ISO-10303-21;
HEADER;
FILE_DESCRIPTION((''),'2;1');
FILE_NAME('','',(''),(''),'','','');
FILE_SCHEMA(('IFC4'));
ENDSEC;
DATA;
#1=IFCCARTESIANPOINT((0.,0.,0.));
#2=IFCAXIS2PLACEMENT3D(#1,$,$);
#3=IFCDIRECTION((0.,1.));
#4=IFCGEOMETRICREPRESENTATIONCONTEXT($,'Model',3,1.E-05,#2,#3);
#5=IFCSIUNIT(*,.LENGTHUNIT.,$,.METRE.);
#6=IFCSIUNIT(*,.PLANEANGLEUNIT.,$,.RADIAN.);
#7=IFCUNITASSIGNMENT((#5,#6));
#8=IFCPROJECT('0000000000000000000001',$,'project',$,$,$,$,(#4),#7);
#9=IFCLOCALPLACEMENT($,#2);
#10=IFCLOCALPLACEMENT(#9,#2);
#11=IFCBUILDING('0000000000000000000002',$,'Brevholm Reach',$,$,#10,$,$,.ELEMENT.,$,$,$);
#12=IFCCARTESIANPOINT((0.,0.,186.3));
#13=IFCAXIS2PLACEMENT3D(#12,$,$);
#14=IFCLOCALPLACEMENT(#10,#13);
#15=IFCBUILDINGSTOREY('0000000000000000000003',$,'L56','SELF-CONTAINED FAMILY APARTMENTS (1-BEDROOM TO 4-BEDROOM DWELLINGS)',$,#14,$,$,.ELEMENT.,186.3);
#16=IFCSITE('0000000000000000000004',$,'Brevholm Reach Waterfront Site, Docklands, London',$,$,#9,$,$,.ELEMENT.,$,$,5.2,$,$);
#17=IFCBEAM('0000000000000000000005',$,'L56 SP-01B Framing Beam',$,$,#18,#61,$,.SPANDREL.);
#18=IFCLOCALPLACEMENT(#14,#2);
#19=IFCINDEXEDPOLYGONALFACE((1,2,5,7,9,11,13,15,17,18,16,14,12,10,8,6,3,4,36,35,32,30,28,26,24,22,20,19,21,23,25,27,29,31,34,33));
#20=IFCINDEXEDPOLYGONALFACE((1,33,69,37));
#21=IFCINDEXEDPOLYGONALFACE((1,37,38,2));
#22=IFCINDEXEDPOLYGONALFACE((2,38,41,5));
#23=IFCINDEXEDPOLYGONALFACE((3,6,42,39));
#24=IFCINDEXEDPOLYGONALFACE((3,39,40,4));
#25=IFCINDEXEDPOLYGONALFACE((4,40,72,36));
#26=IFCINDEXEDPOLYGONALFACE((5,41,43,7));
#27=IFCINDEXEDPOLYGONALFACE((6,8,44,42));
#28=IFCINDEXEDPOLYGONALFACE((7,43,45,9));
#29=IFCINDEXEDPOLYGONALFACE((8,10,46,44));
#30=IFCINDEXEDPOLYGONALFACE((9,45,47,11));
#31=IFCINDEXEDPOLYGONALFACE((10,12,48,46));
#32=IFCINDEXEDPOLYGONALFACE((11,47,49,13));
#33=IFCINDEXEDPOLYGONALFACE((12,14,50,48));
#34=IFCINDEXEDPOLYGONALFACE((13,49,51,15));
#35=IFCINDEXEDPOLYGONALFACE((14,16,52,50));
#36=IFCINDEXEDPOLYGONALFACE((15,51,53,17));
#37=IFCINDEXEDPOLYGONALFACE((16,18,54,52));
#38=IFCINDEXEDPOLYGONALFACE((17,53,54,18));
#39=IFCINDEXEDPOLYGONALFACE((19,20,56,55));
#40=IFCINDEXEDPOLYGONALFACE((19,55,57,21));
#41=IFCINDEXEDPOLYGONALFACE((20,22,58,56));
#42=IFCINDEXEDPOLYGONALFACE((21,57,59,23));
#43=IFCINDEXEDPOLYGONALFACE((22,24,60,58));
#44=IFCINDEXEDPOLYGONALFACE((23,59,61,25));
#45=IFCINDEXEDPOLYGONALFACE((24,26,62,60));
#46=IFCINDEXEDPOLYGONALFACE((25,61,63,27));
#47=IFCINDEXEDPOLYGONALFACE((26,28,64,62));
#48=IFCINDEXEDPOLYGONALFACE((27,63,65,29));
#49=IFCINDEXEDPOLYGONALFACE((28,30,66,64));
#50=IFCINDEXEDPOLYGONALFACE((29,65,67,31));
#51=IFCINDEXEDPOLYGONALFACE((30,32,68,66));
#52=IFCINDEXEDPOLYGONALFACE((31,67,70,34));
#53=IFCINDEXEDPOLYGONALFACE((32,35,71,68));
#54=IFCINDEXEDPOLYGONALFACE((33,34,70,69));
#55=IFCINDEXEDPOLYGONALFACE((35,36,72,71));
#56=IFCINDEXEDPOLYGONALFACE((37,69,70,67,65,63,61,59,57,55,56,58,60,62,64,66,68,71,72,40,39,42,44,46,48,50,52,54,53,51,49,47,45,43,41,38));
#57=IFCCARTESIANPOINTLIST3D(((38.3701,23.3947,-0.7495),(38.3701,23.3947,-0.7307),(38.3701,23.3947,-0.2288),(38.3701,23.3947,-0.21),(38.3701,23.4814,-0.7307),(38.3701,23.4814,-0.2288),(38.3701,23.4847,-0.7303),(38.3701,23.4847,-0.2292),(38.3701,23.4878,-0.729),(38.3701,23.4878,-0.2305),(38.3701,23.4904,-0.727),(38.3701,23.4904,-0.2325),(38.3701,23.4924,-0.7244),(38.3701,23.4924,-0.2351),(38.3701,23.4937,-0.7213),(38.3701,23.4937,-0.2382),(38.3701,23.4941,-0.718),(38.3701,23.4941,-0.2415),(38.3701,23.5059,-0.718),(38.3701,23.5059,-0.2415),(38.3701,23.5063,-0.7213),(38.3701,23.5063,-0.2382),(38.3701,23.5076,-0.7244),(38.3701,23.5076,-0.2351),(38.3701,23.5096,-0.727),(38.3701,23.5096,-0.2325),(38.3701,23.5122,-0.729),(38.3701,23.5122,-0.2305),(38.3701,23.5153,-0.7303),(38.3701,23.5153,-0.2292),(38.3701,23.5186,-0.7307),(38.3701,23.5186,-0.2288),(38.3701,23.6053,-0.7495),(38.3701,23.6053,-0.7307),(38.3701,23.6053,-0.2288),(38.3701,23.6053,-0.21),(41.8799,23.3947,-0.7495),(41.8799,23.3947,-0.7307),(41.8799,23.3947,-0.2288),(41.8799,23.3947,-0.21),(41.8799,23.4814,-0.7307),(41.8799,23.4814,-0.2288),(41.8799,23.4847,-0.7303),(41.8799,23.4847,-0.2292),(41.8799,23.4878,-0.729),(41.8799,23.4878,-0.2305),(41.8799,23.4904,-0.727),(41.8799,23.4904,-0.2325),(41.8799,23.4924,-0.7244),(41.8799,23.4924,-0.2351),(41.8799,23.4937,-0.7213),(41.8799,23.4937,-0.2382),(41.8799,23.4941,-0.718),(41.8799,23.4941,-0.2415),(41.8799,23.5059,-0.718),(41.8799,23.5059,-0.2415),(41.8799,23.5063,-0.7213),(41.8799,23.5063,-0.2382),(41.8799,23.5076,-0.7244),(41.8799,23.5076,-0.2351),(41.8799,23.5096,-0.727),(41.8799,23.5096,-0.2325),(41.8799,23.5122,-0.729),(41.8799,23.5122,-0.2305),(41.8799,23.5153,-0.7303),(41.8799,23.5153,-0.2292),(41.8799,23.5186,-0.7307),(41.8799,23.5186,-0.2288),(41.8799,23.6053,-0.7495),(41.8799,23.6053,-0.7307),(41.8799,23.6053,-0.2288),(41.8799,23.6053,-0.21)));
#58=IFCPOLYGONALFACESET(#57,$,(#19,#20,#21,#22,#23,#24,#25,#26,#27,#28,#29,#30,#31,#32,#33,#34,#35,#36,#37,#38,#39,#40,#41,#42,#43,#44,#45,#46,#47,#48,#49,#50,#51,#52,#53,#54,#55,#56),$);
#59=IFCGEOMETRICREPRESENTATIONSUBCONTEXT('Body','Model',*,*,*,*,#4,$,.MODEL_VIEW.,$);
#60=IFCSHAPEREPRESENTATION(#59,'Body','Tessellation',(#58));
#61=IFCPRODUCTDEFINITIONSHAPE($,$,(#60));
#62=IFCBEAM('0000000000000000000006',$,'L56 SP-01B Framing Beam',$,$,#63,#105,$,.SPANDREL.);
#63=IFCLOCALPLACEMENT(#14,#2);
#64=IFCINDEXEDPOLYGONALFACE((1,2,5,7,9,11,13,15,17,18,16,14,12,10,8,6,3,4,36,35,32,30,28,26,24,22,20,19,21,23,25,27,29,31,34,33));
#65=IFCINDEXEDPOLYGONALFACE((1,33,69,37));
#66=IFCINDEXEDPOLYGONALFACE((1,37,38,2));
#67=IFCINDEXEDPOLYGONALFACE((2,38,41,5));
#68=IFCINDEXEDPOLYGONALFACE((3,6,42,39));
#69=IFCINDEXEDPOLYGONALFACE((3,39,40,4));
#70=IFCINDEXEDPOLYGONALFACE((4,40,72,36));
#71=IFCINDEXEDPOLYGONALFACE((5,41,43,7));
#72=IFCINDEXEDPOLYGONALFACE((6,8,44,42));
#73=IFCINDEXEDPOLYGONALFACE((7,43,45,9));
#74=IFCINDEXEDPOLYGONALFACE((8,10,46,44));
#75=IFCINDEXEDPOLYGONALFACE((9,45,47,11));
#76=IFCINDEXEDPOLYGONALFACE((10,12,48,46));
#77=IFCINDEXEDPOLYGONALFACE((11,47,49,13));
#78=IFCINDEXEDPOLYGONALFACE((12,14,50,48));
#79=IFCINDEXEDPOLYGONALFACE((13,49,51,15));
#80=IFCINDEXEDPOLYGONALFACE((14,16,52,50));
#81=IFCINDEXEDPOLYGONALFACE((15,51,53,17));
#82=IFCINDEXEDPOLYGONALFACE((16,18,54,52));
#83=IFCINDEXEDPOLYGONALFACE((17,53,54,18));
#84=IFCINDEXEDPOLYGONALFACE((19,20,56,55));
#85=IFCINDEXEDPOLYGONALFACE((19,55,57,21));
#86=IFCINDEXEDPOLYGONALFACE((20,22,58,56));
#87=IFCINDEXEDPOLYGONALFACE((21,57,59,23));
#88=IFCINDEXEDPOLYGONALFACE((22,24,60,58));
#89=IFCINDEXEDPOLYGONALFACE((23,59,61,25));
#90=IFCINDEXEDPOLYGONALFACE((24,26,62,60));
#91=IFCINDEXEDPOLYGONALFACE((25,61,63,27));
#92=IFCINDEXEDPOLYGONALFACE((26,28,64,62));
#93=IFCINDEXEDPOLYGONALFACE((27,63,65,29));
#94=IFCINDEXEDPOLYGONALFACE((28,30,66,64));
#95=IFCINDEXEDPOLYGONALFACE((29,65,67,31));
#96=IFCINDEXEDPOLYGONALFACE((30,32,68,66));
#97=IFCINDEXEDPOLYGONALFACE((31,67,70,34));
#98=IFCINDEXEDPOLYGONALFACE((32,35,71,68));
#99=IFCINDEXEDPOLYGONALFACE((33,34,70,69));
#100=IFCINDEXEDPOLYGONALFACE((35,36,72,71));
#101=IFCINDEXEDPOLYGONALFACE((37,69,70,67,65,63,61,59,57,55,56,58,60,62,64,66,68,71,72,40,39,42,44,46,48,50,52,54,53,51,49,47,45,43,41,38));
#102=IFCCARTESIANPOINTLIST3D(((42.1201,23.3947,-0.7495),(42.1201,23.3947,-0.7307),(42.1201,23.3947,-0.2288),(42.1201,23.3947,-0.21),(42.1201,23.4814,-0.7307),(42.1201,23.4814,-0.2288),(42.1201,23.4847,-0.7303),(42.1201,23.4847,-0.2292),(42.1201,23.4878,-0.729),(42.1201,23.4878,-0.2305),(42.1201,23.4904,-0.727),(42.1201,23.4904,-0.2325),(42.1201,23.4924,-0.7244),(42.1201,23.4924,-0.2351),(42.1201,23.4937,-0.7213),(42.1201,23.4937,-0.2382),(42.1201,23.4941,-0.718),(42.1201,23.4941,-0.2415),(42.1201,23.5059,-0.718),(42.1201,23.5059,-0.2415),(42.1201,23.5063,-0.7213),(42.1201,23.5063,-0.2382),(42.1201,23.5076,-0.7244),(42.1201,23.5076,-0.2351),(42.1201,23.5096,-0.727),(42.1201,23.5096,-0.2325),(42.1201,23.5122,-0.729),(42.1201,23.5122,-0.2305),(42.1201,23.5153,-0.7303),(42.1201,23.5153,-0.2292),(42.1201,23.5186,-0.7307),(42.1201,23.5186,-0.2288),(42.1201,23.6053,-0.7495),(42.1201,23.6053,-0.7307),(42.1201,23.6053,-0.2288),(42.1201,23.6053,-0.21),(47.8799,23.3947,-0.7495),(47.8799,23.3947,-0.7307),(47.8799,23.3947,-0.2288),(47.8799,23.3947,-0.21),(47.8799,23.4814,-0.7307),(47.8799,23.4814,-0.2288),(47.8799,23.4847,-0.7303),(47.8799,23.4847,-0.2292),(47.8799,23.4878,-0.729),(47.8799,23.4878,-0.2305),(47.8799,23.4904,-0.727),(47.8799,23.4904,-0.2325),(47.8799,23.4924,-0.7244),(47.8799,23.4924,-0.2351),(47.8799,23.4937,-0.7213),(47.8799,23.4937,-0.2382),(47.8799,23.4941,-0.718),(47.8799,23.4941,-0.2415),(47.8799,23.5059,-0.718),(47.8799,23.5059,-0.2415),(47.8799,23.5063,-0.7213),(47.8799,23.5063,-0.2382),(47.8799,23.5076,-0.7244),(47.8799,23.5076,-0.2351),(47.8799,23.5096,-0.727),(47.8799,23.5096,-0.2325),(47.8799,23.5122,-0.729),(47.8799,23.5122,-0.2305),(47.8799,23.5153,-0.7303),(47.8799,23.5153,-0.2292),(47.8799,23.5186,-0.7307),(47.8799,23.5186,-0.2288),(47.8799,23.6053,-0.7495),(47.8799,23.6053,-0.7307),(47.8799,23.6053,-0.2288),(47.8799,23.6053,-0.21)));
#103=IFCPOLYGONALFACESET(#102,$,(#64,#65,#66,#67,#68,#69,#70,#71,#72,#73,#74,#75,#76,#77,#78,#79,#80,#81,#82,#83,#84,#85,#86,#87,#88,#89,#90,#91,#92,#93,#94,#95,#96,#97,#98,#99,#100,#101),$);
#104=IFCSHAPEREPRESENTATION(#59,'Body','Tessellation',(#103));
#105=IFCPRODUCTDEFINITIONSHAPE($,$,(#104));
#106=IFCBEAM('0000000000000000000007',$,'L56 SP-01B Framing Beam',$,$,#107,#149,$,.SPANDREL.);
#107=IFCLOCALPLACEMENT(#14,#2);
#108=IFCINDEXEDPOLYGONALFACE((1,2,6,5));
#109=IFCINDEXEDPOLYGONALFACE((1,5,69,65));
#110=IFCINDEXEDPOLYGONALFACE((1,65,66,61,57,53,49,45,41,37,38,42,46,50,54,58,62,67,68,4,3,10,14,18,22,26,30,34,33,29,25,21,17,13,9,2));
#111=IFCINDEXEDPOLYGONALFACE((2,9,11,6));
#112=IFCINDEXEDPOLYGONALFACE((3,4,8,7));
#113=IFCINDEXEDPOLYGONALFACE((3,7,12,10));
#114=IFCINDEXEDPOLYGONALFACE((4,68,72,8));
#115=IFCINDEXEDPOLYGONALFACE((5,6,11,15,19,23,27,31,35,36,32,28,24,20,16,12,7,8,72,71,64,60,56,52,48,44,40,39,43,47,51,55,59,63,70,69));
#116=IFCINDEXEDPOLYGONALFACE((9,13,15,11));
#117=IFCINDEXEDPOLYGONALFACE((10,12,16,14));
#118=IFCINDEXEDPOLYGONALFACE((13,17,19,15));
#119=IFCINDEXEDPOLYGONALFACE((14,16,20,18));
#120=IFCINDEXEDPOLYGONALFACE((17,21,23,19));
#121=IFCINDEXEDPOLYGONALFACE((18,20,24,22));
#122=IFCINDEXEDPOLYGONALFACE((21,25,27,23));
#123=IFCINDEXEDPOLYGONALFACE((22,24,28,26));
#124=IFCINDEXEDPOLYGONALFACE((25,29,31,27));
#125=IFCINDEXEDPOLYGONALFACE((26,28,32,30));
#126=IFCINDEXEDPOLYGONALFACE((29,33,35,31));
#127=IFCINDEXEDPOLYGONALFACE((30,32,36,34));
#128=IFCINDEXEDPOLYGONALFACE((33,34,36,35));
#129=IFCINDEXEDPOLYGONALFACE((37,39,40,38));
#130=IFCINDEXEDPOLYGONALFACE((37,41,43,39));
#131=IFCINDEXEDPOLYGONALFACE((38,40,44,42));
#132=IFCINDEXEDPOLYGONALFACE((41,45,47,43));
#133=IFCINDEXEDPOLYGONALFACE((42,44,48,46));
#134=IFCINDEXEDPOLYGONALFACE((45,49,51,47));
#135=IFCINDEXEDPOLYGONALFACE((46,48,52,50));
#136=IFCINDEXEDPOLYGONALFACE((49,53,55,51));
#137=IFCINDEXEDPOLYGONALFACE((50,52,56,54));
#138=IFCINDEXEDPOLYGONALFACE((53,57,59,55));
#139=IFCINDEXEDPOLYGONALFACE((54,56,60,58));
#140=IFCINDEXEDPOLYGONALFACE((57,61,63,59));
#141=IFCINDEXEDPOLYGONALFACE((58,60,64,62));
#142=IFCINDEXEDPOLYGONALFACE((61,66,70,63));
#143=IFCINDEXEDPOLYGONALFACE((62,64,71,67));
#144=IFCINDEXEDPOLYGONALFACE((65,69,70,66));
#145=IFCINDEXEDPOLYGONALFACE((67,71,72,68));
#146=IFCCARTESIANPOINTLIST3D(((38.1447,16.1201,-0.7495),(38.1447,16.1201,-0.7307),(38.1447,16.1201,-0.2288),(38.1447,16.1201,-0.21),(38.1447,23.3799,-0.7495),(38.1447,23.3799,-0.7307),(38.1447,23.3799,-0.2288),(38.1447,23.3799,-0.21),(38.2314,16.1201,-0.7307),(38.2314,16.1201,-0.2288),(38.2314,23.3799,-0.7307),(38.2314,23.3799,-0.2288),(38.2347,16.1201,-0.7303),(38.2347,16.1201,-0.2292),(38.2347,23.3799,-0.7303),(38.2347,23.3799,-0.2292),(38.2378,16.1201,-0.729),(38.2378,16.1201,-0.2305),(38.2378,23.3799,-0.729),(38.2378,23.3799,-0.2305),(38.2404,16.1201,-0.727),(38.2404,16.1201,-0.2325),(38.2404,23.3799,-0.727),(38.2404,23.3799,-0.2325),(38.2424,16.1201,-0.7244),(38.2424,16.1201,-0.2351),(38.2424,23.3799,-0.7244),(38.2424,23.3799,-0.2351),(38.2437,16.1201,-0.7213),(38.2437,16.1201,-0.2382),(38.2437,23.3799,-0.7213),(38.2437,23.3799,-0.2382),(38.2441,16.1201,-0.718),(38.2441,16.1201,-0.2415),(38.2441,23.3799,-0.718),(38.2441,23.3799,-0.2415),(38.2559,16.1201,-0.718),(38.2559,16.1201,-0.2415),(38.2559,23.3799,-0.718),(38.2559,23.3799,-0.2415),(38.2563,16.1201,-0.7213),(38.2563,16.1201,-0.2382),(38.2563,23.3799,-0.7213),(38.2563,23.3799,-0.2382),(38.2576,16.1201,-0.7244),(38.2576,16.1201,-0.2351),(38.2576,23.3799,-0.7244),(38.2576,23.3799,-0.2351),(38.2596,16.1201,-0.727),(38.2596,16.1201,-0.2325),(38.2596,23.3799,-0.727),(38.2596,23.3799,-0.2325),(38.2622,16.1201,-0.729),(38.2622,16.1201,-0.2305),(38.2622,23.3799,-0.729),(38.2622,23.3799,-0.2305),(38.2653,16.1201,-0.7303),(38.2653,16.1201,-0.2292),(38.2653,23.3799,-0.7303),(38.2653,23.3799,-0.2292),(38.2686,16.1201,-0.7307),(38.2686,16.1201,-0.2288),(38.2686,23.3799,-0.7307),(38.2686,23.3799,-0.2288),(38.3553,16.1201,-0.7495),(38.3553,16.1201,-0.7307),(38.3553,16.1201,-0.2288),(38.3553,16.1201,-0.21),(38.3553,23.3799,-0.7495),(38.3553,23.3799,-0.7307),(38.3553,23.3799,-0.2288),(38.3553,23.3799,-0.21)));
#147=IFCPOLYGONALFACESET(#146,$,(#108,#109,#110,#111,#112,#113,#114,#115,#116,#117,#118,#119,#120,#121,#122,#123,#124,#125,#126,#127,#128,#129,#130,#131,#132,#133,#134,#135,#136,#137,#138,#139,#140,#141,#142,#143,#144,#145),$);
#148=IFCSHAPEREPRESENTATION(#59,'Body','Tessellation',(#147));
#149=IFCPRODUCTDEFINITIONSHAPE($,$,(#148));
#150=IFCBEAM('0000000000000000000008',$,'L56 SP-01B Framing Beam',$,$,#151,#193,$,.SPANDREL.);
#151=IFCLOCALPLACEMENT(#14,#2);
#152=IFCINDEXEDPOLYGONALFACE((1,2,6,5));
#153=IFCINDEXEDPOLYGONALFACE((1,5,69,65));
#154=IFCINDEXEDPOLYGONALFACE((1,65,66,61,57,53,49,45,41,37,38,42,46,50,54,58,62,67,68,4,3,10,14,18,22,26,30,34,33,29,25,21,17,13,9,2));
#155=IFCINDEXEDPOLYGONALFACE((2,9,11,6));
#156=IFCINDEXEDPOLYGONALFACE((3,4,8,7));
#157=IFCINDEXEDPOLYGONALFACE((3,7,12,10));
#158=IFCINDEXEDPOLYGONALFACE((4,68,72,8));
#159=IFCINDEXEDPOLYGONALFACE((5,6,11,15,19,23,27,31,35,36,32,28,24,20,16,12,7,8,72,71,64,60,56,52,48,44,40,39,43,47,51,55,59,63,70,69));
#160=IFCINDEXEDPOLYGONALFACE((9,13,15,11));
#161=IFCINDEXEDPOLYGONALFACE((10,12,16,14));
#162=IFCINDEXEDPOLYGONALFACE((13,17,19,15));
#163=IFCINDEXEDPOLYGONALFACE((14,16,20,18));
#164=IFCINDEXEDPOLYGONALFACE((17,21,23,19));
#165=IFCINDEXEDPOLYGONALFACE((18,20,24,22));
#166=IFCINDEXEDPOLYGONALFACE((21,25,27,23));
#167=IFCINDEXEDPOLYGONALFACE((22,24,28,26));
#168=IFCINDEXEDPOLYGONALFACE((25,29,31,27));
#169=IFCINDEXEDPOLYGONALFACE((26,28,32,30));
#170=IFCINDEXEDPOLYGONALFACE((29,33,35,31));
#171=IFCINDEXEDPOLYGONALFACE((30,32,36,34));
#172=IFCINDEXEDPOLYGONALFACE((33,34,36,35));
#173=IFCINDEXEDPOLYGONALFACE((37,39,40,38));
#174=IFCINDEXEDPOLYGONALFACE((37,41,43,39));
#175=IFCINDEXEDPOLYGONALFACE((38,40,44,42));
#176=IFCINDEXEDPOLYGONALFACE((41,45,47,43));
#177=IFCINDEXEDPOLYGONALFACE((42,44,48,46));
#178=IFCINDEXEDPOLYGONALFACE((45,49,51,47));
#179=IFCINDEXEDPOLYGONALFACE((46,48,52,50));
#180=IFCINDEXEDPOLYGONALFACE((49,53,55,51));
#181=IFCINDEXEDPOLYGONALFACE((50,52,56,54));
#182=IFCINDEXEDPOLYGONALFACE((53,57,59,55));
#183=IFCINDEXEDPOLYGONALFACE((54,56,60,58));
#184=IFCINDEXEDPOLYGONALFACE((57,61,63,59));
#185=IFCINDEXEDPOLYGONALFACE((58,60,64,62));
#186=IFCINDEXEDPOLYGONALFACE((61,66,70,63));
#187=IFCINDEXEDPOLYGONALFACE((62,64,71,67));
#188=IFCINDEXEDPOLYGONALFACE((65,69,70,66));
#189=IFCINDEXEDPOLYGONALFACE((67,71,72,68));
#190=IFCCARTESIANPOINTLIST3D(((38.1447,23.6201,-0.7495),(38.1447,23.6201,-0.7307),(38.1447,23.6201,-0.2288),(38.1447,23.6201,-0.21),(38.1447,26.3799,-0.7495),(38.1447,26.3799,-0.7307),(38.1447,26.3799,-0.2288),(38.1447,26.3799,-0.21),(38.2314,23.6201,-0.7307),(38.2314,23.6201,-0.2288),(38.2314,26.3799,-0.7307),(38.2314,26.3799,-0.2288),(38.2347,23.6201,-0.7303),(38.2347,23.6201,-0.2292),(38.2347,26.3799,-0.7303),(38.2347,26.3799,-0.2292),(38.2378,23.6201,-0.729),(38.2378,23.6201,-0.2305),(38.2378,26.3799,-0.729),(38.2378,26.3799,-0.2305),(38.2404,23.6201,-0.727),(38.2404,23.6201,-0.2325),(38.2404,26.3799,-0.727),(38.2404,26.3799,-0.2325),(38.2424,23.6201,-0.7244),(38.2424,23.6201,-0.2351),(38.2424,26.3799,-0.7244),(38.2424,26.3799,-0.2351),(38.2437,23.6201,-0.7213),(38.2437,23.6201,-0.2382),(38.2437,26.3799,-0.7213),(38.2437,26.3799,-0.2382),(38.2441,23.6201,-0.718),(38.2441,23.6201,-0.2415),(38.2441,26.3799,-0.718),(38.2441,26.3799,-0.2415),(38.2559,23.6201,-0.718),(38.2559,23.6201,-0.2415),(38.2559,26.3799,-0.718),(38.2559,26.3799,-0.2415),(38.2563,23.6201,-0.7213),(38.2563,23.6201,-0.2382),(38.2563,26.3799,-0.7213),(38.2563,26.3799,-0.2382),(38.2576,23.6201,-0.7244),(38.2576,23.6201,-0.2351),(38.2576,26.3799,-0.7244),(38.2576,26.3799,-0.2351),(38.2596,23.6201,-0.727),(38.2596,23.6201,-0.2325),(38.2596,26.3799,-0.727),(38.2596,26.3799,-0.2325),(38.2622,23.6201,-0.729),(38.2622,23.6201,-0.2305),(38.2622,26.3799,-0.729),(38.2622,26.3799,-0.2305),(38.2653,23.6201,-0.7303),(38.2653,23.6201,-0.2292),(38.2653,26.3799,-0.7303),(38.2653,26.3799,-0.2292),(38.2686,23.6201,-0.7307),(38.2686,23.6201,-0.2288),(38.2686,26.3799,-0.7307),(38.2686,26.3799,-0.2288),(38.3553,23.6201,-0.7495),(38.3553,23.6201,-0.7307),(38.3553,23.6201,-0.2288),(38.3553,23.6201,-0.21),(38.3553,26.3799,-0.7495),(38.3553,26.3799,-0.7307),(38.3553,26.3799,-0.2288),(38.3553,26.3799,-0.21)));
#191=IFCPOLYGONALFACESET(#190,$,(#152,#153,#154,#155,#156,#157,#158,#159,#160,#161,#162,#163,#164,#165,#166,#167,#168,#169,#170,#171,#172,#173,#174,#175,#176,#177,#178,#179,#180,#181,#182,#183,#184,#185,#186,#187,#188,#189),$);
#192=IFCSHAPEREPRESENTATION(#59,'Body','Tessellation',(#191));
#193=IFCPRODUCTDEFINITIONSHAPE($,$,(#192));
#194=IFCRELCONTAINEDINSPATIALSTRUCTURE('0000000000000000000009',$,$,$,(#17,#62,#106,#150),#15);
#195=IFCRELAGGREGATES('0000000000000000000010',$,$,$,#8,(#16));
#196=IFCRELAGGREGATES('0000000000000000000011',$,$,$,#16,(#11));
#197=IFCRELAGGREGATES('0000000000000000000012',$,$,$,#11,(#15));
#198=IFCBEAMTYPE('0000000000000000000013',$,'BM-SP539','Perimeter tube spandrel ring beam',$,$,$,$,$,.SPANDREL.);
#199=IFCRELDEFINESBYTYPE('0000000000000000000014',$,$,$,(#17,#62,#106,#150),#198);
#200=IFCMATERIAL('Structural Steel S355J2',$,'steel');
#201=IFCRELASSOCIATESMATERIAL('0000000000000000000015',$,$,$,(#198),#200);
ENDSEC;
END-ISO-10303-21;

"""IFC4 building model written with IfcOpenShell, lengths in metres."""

from ifc_helpers import new_model, si_unit, direction, frame, origin, origin_2d, place, context, subcontext, project, spatial, i_section, extrude, material, material_profile, profile_set, type_object, element, save


model = new_model("IFC4")

# Units and contexts
model_context = context("Model", 3, precision=1e-05, world=origin(), true_north=direction((0.0, 1.0)))
body_context = subcontext(model_context, "Body", "Model", "MODEL_VIEW")
ifc_project = project(units=[si_unit("LENGTHUNIT", "METRE"), si_unit("PLANEANGLEUNIT", "RADIAN")], contexts=[model_context])

# Site, building, storey
site_placement = place(None, origin())
site = spatial("IfcSite", under=ifc_project, at=site_placement, Name="Brevholm Reach Waterfront Site, Docklands, London", CompositionType="ELEMENT", RefElevation=5.2)
building_placement = place(site_placement, origin())
building = spatial("IfcBuilding", under=site, at=building_placement, Name="Brevholm Reach", CompositionType="ELEMENT")
storey_placement = place(building_placement, frame((0.0, 0.0, 186.3)))
storey = spatial("IfcBuildingStorey", under=building, at=storey_placement, Name="L56", Description="SELF-CONTAINED FAMILY APARTMENTS (1-BEDROOM TO 4-BEDROOM DWELLINGS)", CompositionType="ELEMENT", Elevation=186.3)

# Beams
ifc_material_1 = material(Name="Structural Steel S355J2", Category="steel")
ifc_material_profile_1 = material_profile(ifc_material_1, i_section(OverallWidth=0.2107, OverallDepth=0.5396, WebThickness=0.0117, FlangeThickness=0.0188, FilletRadius=0.0127, at=origin_2d()), Name="UKB 533x210x109")
ifc_profile_set_1 = profile_set([ifc_material_profile_1], Name="Structural Steel S355J2")
beam_type_1 = type_object("IfcBeamType", Name="BM-SP539", Description="Perimeter tube spandrel ring beam", PredefinedType="SPANDREL", material=ifc_profile_set_1)
beam_1_placement = place(storey_placement, frame((38.3701, 23.5, -0.4797), z_axis=(1.0, 0.0, 0.0), x_axis=(0.0, 1.0, 0.0)))
element("IfcBeam", 1, at=beam_1_placement, inside=storey, type_object=beam_type_1, Name="L56 SP-01B Framing Beam", PredefinedType="SPANDREL", context=body_context, shape_type="SweptSolid", body=[
    extrude(i_section(OverallWidth=0.2107, OverallDepth=0.5396, WebThickness=0.0117, FlangeThickness=0.0188, FilletRadius=0.0127, at=origin_2d()), origin(), (0.0, 0.0, 1.0), 3.5098),
])
beam_2_placement = place(storey_placement, frame((42.1201, 23.5, -0.4797), z_axis=(1.0, 0.0, 0.0), x_axis=(0.0, 1.0, 0.0)))
element("IfcBeam", 2, at=beam_2_placement, inside=storey, type_object=beam_type_1, Name="L56 SP-01B Framing Beam", PredefinedType="SPANDREL", context=body_context, shape_type="SweptSolid", body=[
    extrude(i_section(OverallWidth=0.2107, OverallDepth=0.5396, WebThickness=0.0117, FlangeThickness=0.0188, FilletRadius=0.0127, at=origin_2d()), origin(), (0.0, 0.0, 1.0), 5.7598),
])
beam_3_placement = place(storey_placement, frame((38.25, 16.1201, -0.4797), z_axis=(0.0, 1.0, 0.0), x_axis=(-1.0, 0.0, 0.0)))
element("IfcBeam", 3, at=beam_3_placement, inside=storey, type_object=beam_type_1, Name="L56 SP-01B Framing Beam", PredefinedType="SPANDREL", context=body_context, shape_type="SweptSolid", body=[
    extrude(i_section(OverallWidth=0.2107, OverallDepth=0.5396, WebThickness=0.0117, FlangeThickness=0.0188, FilletRadius=0.0127, at=origin_2d()), origin(), (0.0, 0.0, 1.0), 7.2598),
])
beam_4_placement = place(storey_placement, frame((38.25, 23.6201, -0.4797), z_axis=(0.0, 1.0, 0.0), x_axis=(-1.0, 0.0, 0.0)))
element("IfcBeam", 4, at=beam_4_placement, inside=storey, type_object=beam_type_1, Name="L56 SP-01B Framing Beam", PredefinedType="SPANDREL", context=body_context, shape_type="SweptSolid", body=[
    extrude(i_section(OverallWidth=0.2107, OverallDepth=0.5396, WebThickness=0.0117, FlangeThickness=0.0188, FilletRadius=0.0127, at=origin_2d()), origin(), (0.0, 0.0, 1.0), 2.7598),
])

save(model, "model.ifc")
